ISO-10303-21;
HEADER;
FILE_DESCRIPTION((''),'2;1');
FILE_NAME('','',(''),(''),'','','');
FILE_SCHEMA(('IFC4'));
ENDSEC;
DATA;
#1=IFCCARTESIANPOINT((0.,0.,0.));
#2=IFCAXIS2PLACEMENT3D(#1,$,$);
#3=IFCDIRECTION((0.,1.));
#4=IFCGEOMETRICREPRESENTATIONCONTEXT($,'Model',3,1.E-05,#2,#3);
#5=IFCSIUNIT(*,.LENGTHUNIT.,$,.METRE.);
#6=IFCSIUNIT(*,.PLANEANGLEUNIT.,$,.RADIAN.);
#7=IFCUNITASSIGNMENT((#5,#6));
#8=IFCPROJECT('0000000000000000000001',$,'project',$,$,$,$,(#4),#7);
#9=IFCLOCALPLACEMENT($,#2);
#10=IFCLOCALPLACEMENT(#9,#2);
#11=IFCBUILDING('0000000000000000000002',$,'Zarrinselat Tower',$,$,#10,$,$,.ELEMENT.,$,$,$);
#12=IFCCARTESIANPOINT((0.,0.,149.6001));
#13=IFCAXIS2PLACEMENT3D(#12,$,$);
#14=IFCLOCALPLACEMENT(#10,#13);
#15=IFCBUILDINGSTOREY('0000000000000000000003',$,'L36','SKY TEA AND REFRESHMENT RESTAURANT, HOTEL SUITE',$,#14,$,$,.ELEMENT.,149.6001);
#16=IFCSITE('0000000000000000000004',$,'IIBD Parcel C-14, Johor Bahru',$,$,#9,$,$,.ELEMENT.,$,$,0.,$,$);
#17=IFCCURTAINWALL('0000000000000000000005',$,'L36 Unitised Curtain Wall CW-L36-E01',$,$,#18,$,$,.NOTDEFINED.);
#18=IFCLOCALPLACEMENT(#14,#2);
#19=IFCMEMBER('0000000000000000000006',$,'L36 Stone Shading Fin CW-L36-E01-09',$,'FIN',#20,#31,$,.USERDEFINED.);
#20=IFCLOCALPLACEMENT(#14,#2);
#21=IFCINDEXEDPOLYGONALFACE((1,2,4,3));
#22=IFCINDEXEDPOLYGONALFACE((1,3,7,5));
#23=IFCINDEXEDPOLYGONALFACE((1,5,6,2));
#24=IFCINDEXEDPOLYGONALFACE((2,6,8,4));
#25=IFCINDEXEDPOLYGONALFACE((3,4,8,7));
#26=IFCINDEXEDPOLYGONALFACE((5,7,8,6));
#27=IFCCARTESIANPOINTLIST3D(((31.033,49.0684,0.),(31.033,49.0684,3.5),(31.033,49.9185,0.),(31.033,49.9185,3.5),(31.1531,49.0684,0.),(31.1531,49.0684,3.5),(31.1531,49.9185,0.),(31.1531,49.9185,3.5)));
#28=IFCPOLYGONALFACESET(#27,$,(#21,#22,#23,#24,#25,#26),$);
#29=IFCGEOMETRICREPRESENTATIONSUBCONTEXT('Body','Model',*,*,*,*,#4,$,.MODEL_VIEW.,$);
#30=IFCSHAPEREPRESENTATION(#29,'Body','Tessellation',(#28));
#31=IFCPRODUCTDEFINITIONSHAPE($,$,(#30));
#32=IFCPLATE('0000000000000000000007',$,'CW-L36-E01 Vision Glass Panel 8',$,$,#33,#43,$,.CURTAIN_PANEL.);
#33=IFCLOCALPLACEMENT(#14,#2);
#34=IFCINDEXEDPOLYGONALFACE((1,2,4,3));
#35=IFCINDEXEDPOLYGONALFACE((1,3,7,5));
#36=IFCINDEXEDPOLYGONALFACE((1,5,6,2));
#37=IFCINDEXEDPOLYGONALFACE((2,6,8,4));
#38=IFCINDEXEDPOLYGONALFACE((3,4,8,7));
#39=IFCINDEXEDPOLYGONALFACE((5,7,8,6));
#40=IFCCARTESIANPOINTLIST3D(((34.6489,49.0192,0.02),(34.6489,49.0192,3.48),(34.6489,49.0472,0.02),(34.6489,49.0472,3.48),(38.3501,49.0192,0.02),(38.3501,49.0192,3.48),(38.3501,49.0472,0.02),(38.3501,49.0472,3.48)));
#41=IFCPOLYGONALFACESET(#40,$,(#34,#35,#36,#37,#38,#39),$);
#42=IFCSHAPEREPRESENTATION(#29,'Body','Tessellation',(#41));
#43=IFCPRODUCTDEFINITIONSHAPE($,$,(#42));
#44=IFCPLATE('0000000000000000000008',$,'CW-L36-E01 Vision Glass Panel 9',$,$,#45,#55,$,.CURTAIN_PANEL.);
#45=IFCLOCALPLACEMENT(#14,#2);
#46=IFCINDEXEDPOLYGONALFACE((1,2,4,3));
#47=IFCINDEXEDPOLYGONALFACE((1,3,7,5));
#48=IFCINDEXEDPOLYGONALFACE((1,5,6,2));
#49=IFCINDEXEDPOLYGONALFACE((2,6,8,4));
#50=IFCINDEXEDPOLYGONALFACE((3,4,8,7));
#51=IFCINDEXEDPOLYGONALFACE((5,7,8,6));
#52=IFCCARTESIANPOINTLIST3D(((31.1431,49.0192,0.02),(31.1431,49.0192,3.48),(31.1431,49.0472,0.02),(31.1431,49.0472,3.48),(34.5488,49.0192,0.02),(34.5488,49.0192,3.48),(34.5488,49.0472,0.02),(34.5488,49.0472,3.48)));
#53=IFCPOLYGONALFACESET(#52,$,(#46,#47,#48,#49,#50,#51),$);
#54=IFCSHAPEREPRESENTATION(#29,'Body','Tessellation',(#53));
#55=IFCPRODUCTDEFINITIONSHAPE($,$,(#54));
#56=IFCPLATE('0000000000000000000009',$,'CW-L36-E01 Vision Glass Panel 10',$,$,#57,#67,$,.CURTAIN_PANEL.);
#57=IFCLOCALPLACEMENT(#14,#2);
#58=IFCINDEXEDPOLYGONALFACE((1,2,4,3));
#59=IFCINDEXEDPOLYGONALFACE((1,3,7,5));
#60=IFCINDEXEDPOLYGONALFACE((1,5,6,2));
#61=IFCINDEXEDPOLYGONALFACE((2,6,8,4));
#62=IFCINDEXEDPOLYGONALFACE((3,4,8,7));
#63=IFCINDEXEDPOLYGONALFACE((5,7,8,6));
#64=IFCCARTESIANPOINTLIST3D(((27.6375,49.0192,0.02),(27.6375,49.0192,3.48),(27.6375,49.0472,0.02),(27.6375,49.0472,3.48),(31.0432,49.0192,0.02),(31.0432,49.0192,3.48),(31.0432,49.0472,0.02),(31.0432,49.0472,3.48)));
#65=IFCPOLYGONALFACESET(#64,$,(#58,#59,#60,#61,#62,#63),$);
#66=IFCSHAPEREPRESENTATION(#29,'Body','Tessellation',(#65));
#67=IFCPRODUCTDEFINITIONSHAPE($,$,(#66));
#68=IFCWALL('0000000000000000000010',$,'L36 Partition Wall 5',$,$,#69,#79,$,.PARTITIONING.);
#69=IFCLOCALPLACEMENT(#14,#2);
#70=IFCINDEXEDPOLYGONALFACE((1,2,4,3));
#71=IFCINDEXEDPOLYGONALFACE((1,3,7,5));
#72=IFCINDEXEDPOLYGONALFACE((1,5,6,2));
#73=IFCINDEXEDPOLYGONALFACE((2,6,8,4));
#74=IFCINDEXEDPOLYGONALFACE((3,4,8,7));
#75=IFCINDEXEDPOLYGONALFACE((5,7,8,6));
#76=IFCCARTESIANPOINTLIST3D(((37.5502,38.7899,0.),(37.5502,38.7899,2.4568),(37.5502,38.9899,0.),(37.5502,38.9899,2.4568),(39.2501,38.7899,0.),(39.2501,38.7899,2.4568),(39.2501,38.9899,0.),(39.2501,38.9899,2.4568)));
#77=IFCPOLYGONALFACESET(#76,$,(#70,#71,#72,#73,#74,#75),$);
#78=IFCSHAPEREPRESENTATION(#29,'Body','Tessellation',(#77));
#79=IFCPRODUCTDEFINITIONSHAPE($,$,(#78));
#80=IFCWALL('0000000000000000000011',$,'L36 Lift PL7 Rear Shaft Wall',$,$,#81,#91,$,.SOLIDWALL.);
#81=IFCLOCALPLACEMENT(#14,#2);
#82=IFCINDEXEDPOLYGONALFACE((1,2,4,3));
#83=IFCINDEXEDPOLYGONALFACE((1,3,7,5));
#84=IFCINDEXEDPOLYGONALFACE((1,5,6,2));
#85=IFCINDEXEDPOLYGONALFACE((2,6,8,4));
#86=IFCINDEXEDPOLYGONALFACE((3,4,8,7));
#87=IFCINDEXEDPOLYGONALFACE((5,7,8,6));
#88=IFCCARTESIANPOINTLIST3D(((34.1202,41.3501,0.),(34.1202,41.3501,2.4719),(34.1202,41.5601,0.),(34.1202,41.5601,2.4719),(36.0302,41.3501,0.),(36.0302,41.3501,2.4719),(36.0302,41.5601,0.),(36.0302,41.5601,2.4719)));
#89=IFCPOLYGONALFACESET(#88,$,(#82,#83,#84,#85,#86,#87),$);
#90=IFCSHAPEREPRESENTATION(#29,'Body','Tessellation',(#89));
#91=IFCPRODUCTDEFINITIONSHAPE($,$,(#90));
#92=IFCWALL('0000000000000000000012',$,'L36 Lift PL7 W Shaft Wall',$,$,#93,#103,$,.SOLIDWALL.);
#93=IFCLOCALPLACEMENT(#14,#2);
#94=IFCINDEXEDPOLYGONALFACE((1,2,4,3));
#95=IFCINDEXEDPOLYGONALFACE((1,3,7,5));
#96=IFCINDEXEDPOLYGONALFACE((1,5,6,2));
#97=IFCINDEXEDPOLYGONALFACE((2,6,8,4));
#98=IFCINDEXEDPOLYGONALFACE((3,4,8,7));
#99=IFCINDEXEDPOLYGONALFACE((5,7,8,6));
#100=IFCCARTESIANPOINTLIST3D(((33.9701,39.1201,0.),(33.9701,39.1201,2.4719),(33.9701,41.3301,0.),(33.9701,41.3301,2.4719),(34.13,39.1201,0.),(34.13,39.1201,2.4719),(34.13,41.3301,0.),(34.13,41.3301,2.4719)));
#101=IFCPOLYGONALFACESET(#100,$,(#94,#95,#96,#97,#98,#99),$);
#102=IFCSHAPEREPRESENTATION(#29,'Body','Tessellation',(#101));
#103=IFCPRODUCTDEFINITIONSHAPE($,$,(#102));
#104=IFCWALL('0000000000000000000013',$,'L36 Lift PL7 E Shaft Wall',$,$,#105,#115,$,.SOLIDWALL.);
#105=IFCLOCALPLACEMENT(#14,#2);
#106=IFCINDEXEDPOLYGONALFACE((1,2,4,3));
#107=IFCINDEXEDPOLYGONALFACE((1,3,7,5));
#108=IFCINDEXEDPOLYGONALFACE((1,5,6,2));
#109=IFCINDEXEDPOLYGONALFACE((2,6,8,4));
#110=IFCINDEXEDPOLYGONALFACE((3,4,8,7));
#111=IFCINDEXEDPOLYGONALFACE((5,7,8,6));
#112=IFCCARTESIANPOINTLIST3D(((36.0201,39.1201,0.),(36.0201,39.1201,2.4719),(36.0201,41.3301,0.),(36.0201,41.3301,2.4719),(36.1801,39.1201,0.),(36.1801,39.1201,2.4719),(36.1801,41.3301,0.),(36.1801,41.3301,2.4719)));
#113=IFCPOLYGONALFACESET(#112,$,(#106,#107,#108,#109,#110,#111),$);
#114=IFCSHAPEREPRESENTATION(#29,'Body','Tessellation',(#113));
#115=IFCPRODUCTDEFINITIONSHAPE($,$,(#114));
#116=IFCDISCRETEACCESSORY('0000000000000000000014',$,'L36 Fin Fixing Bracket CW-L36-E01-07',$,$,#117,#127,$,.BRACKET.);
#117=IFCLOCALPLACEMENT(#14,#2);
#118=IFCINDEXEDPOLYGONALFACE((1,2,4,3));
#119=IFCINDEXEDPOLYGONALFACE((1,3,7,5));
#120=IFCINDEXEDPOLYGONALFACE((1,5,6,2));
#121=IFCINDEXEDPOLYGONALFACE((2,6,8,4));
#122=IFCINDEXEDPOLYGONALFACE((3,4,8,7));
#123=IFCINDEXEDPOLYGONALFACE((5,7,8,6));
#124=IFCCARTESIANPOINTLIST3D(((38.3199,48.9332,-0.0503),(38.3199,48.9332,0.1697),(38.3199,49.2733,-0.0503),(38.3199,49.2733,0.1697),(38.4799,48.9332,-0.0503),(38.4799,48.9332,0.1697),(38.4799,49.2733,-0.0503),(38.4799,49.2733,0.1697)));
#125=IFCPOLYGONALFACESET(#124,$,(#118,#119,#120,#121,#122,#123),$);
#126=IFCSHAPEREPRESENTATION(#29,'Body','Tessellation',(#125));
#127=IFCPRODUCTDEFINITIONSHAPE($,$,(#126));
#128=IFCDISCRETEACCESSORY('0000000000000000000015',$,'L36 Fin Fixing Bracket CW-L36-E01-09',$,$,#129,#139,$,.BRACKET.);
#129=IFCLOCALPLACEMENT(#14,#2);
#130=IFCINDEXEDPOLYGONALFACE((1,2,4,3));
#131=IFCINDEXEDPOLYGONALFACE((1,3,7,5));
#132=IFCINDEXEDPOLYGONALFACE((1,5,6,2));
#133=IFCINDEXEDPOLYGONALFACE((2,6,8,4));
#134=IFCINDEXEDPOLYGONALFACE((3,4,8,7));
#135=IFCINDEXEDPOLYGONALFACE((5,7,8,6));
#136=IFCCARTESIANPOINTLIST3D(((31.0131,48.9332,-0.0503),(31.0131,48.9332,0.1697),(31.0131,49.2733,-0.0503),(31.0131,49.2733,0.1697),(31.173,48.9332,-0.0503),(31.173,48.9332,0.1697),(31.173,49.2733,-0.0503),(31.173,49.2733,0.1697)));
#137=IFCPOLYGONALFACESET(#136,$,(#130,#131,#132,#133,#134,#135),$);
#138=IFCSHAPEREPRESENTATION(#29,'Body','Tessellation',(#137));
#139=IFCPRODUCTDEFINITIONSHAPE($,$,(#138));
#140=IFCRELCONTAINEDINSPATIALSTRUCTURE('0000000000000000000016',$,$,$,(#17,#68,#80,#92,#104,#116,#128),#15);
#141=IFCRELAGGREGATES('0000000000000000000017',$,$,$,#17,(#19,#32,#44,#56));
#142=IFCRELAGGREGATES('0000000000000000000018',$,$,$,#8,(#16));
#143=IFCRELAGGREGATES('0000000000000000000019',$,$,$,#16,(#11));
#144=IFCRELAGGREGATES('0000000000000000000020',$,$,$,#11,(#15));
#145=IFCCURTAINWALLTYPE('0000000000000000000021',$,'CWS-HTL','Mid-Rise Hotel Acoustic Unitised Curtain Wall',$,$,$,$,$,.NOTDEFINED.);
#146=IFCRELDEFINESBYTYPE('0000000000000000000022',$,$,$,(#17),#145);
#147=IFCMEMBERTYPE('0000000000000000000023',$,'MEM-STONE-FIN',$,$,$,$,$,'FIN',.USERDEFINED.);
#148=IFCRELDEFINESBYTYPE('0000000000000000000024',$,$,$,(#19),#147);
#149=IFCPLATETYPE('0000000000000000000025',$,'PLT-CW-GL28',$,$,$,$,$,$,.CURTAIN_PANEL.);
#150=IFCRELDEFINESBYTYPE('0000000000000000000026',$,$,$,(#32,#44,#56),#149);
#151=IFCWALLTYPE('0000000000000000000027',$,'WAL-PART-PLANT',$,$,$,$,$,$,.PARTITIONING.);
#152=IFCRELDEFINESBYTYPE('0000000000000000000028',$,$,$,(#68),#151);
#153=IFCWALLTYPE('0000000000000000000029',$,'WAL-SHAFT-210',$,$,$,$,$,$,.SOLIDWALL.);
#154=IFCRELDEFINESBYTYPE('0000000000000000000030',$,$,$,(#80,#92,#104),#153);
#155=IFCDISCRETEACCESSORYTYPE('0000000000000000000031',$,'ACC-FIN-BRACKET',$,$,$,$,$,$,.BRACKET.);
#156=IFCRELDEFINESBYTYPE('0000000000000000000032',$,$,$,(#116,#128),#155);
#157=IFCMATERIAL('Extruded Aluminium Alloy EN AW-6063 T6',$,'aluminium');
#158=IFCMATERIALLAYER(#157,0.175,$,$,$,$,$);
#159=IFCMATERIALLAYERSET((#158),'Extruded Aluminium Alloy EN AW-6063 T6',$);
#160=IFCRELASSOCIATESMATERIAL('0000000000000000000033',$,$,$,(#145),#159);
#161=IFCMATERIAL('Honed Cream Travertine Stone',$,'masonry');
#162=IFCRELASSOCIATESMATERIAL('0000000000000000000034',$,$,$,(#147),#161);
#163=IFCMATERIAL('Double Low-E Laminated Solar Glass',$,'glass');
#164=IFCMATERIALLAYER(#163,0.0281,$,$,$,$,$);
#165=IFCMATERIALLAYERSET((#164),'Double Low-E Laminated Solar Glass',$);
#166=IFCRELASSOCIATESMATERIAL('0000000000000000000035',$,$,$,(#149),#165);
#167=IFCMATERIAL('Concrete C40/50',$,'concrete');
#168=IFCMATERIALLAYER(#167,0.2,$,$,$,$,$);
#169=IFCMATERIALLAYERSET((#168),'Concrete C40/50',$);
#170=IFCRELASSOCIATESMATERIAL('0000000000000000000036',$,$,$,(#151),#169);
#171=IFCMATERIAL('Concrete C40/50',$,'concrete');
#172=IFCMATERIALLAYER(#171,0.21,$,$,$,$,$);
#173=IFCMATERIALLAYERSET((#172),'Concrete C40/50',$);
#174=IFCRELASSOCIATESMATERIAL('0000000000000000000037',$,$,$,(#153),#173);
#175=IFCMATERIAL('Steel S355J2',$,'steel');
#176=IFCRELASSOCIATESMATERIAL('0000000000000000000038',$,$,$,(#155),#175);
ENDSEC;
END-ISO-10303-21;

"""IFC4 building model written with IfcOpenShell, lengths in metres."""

from ifc_helpers import new_model, si_unit, direction, frame, frame_2d, origin, origin_2d, place, context, subcontext, project, spatial, rectangle, extrude, material, layer, layer_set, material_profile, profile_set, type_object, element, aggregate, save


model = new_model("IFC4")

# Units and contexts
model_context = context("Model", 3, precision=1e-05, world=origin(), true_north=direction((0.0, 1.0)))
body_context = subcontext(model_context, "Body", "Model", "MODEL_VIEW")
ifc_project = project(units=[si_unit("LENGTHUNIT", "METRE"), si_unit("PLANEANGLEUNIT", "RADIAN")], contexts=[model_context])

# Site, building, storey
site_placement = place(None, origin())
site = spatial("IfcSite", under=ifc_project, at=site_placement, Name="IIBD Parcel C-14, Johor Bahru", CompositionType="ELEMENT", RefElevation=0.0)
building_placement = place(site_placement, origin())
building = spatial("IfcBuilding", under=site, at=building_placement, Name="Zarrinselat Tower", CompositionType="ELEMENT")
storey_placement = place(building_placement, frame((0.0, 0.0, 149.6001)))
storey = spatial("IfcBuildingStorey", under=building, at=storey_placement, Name="L36", Description="SKY TEA AND REFRESHMENT RESTAURANT, HOTEL SUITE", CompositionType="ELEMENT", Elevation=149.6001)

# Curtain wall, member, plates
ifc_material_1 = material(Name="Extruded Aluminium Alloy EN AW-6063 T6", Category="aluminium")
ifc_layer_1 = layer(ifc_material_1, 0.175)
ifc_layer_set_1 = layer_set([ifc_layer_1], Name="Extruded Aluminium Alloy EN AW-6063 T6")
curtain_wall_type = type_object("IfcCurtainWallType", Name="CWS-HTL", Description="Mid-Rise Hotel Acoustic Unitised Curtain Wall", PredefinedType="NOTDEFINED", material=ifc_layer_set_1)
curtain_wall_placement = place(storey_placement, origin())
curtain_wall = element("IfcCurtainWall", 1, at=curtain_wall_placement, inside=storey, type_object=curtain_wall_type, Name="L36 Unitised Curtain Wall CW-L36-E01", PredefinedType="NOTDEFINED")
ifc_material_2 = material(Name="Honed Cream Travertine Stone", Category="masonry")
ifc_material_profile_1 = material_profile(ifc_material_2, rectangle(XDim=0.1201, YDim=0.8501, at=origin_2d()), Name="FIN 850x120")
ifc_profile_set_1 = profile_set([ifc_material_profile_1], Name="Honed Cream Travertine Stone")
member_type_1 = type_object("IfcMemberType", Name="MEM-STONE-FIN", ElementType="FIN", PredefinedType="USERDEFINED", material=ifc_profile_set_1)
member_1_placement = place(storey_placement, frame((31.093, 49.4934, 0.0), z_axis=(0.0, 0.0, 1.0), x_axis=(1.0, 0.0, 0.0)))
member_1 = element("IfcMember", 2, at=member_1_placement, type_object=member_type_1, Name="L36 Stone Shading Fin CW-L36-E01-09", ObjectType="FIN", PredefinedType="USERDEFINED", context=body_context, shape_type="SweptSolid", body=[
    extrude(rectangle(XDim=0.1201, YDim=0.8501, at=origin_2d()), origin(), (0.0, 0.0, 1.0), 3.5),
])
ifc_material_3 = material(Name="Double Low-E Laminated Solar Glass", Category="glass")
ifc_layer_2 = layer(ifc_material_3, 0.0281)
ifc_layer_set_2 = layer_set([ifc_layer_2], Name="Double Low-E Laminated Solar Glass")
plate_type = type_object("IfcPlateType", Name="PLT-CW-GL28", PredefinedType="CURTAIN_PANEL", material=ifc_layer_set_2)
plate_1_placement = place(storey_placement, frame((36.4995, 49.0332, 0.02), z_axis=(0.0, 0.0, 1.0), x_axis=(-1.0, 0.0, 0.0)))
plate_1 = element("IfcPlate", 3, at=plate_1_placement, type_object=plate_type, Name="CW-L36-E01 Vision Glass Panel 8", PredefinedType="CURTAIN_PANEL", context=body_context, shape_type="SweptSolid", body=[
    extrude(rectangle(XDim=3.7012, YDim=0.0281, at=origin_2d()), origin(), (0.0, 0.0, 1.0), 3.46),
])
plate_2_placement = place(storey_placement, frame((32.8459, 49.0332, 0.02), z_axis=(0.0, 0.0, 1.0), x_axis=(-1.0, 0.0, 0.0)))
plate_2 = element("IfcPlate", 4, at=plate_2_placement, type_object=plate_type, Name="CW-L36-E01 Vision Glass Panel 9", PredefinedType="CURTAIN_PANEL", context=body_context, shape_type="SweptSolid", body=[
    extrude(rectangle(XDim=3.4058, YDim=0.0281, at=origin_2d()), origin(), (0.0, 0.0, 1.0), 3.46),
])
plate_3_placement = place(storey_placement, frame((29.3403, 49.0332, 0.02), z_axis=(0.0, 0.0, 1.0), x_axis=(-1.0, 0.0, 0.0)))
plate_3 = element("IfcPlate", 5, at=plate_3_placement, type_object=plate_type, Name="CW-L36-E01 Vision Glass Panel 10", PredefinedType="CURTAIN_PANEL", context=body_context, shape_type="SweptSolid", body=[
    extrude(rectangle(XDim=3.4058, YDim=0.0281, at=origin_2d()), origin(), (0.0, 0.0, 1.0), 3.46),
])
aggregate(curtain_wall, [member_1, plate_1, plate_2, plate_3])

# Walls
ifc_material_4 = material(Name="Concrete C40/50", Category="concrete")
ifc_layer_3 = layer(ifc_material_4, 0.2)
ifc_layer_set_3 = layer_set([ifc_layer_3], Name="Concrete C40/50")
wall_type_1 = type_object("IfcWallType", Name="WAL-PART-PLANT", PredefinedType="PARTITIONING", material=ifc_layer_set_3)
wall_1_placement = place(storey_placement, frame((37.55, 38.8899, 0.0), z_axis=(0.0, 0.0, 1.0), x_axis=(1.0, 0.0, 0.0)))
element("IfcWall", 6, at=wall_1_placement, inside=storey, type_object=wall_type_1, Name="L36 Partition Wall 5", PredefinedType="PARTITIONING", context=body_context, shape_type="SweptSolid", body=[
    extrude(rectangle(XDim=1.7, YDim=0.2, at=frame_2d((0.8501, 0.0))), origin(), (0.0, 0.0, 1.0), 2.4568),
])
ifc_material_5 = material(Name="Concrete C40/50", Category="concrete")
ifc_layer_4 = layer(ifc_material_5, 0.21)
ifc_layer_set_4 = layer_set([ifc_layer_4], Name="Concrete C40/50")
wall_type_2 = type_object("IfcWallType", Name="WAL-SHAFT-210", PredefinedType="SOLIDWALL", material=ifc_layer_set_4)
wall_2_placement = place(storey_placement, frame((34.1201, 41.4551, 0.0), z_axis=(0.0, 0.0, 1.0), x_axis=(1.0, 0.0, 0.0)))
element("IfcWall", 7, at=wall_2_placement, inside=storey, type_object=wall_type_2, Name="L36 Lift PL7 Rear Shaft Wall", PredefinedType="SOLIDWALL", context=body_context, shape_type="SweptSolid", body=[
    extrude(rectangle(XDim=1.9099, YDim=0.21, at=frame_2d((0.9551, 0.0))), origin(), (0.0, 0.0, 1.0), 2.4719),
])
for number, where, z_axis, x_axis, name in (
    (8, (34.05, 39.1201, 0.0), (0.0, 0.0, 1.0), (0.0, 1.0, 0.0), "L36 Lift PL7 W Shaft Wall"),
    (9, (36.1001, 39.1201, 0.0), (0.0, 0.0, 1.0), (0.0, 1.0, 0.0), "L36 Lift PL7 E Shaft Wall"),
):
    element("IfcWall", number, at=place(storey_placement, frame(where, z_axis=z_axis, x_axis=x_axis)), inside=storey, type_object=wall_type_2, Name=name, PredefinedType="SOLIDWALL", context=body_context, shape_type="SweptSolid", body=[
        extrude(rectangle(XDim=2.21, YDim=0.1599, at=frame_2d((1.105, 0.0))), origin(), (0.0, 0.0, 1.0), 2.4719),
    ])

# Discrete accessories
ifc_material_6 = material(Name="Steel S355J2", Category="steel")
discrete_accessory_type = type_object("IfcDiscreteAccessoryType", Name="ACC-FIN-BRACKET", PredefinedType="BRACKET", material=ifc_material_6)
for number, where, z_axis, x_axis, name in (
    (10, (38.3999, 49.1033, -0.0503), (0.0, 0.0, 1.0), (0.0, 1.0, 0.0), "L36 Fin Fixing Bracket CW-L36-E01-07"),
    (11, (31.093, 49.1033, -0.0503), (0.0, 0.0, 1.0), (0.0, 1.0, 0.0), "L36 Fin Fixing Bracket CW-L36-E01-09"),
):
    element("IfcDiscreteAccessory", number, at=place(storey_placement, frame(where, z_axis=z_axis, x_axis=x_axis)), inside=storey, type_object=discrete_accessory_type, Name=name, PredefinedType="BRACKET", context=body_context, shape_type="SweptSolid", body=[
        extrude(rectangle(XDim=0.3401, YDim=0.1599, at=origin_2d()), origin(), (0.0, 0.0, 1.0), 0.22),
    ])

save(model, "model.ifc")
